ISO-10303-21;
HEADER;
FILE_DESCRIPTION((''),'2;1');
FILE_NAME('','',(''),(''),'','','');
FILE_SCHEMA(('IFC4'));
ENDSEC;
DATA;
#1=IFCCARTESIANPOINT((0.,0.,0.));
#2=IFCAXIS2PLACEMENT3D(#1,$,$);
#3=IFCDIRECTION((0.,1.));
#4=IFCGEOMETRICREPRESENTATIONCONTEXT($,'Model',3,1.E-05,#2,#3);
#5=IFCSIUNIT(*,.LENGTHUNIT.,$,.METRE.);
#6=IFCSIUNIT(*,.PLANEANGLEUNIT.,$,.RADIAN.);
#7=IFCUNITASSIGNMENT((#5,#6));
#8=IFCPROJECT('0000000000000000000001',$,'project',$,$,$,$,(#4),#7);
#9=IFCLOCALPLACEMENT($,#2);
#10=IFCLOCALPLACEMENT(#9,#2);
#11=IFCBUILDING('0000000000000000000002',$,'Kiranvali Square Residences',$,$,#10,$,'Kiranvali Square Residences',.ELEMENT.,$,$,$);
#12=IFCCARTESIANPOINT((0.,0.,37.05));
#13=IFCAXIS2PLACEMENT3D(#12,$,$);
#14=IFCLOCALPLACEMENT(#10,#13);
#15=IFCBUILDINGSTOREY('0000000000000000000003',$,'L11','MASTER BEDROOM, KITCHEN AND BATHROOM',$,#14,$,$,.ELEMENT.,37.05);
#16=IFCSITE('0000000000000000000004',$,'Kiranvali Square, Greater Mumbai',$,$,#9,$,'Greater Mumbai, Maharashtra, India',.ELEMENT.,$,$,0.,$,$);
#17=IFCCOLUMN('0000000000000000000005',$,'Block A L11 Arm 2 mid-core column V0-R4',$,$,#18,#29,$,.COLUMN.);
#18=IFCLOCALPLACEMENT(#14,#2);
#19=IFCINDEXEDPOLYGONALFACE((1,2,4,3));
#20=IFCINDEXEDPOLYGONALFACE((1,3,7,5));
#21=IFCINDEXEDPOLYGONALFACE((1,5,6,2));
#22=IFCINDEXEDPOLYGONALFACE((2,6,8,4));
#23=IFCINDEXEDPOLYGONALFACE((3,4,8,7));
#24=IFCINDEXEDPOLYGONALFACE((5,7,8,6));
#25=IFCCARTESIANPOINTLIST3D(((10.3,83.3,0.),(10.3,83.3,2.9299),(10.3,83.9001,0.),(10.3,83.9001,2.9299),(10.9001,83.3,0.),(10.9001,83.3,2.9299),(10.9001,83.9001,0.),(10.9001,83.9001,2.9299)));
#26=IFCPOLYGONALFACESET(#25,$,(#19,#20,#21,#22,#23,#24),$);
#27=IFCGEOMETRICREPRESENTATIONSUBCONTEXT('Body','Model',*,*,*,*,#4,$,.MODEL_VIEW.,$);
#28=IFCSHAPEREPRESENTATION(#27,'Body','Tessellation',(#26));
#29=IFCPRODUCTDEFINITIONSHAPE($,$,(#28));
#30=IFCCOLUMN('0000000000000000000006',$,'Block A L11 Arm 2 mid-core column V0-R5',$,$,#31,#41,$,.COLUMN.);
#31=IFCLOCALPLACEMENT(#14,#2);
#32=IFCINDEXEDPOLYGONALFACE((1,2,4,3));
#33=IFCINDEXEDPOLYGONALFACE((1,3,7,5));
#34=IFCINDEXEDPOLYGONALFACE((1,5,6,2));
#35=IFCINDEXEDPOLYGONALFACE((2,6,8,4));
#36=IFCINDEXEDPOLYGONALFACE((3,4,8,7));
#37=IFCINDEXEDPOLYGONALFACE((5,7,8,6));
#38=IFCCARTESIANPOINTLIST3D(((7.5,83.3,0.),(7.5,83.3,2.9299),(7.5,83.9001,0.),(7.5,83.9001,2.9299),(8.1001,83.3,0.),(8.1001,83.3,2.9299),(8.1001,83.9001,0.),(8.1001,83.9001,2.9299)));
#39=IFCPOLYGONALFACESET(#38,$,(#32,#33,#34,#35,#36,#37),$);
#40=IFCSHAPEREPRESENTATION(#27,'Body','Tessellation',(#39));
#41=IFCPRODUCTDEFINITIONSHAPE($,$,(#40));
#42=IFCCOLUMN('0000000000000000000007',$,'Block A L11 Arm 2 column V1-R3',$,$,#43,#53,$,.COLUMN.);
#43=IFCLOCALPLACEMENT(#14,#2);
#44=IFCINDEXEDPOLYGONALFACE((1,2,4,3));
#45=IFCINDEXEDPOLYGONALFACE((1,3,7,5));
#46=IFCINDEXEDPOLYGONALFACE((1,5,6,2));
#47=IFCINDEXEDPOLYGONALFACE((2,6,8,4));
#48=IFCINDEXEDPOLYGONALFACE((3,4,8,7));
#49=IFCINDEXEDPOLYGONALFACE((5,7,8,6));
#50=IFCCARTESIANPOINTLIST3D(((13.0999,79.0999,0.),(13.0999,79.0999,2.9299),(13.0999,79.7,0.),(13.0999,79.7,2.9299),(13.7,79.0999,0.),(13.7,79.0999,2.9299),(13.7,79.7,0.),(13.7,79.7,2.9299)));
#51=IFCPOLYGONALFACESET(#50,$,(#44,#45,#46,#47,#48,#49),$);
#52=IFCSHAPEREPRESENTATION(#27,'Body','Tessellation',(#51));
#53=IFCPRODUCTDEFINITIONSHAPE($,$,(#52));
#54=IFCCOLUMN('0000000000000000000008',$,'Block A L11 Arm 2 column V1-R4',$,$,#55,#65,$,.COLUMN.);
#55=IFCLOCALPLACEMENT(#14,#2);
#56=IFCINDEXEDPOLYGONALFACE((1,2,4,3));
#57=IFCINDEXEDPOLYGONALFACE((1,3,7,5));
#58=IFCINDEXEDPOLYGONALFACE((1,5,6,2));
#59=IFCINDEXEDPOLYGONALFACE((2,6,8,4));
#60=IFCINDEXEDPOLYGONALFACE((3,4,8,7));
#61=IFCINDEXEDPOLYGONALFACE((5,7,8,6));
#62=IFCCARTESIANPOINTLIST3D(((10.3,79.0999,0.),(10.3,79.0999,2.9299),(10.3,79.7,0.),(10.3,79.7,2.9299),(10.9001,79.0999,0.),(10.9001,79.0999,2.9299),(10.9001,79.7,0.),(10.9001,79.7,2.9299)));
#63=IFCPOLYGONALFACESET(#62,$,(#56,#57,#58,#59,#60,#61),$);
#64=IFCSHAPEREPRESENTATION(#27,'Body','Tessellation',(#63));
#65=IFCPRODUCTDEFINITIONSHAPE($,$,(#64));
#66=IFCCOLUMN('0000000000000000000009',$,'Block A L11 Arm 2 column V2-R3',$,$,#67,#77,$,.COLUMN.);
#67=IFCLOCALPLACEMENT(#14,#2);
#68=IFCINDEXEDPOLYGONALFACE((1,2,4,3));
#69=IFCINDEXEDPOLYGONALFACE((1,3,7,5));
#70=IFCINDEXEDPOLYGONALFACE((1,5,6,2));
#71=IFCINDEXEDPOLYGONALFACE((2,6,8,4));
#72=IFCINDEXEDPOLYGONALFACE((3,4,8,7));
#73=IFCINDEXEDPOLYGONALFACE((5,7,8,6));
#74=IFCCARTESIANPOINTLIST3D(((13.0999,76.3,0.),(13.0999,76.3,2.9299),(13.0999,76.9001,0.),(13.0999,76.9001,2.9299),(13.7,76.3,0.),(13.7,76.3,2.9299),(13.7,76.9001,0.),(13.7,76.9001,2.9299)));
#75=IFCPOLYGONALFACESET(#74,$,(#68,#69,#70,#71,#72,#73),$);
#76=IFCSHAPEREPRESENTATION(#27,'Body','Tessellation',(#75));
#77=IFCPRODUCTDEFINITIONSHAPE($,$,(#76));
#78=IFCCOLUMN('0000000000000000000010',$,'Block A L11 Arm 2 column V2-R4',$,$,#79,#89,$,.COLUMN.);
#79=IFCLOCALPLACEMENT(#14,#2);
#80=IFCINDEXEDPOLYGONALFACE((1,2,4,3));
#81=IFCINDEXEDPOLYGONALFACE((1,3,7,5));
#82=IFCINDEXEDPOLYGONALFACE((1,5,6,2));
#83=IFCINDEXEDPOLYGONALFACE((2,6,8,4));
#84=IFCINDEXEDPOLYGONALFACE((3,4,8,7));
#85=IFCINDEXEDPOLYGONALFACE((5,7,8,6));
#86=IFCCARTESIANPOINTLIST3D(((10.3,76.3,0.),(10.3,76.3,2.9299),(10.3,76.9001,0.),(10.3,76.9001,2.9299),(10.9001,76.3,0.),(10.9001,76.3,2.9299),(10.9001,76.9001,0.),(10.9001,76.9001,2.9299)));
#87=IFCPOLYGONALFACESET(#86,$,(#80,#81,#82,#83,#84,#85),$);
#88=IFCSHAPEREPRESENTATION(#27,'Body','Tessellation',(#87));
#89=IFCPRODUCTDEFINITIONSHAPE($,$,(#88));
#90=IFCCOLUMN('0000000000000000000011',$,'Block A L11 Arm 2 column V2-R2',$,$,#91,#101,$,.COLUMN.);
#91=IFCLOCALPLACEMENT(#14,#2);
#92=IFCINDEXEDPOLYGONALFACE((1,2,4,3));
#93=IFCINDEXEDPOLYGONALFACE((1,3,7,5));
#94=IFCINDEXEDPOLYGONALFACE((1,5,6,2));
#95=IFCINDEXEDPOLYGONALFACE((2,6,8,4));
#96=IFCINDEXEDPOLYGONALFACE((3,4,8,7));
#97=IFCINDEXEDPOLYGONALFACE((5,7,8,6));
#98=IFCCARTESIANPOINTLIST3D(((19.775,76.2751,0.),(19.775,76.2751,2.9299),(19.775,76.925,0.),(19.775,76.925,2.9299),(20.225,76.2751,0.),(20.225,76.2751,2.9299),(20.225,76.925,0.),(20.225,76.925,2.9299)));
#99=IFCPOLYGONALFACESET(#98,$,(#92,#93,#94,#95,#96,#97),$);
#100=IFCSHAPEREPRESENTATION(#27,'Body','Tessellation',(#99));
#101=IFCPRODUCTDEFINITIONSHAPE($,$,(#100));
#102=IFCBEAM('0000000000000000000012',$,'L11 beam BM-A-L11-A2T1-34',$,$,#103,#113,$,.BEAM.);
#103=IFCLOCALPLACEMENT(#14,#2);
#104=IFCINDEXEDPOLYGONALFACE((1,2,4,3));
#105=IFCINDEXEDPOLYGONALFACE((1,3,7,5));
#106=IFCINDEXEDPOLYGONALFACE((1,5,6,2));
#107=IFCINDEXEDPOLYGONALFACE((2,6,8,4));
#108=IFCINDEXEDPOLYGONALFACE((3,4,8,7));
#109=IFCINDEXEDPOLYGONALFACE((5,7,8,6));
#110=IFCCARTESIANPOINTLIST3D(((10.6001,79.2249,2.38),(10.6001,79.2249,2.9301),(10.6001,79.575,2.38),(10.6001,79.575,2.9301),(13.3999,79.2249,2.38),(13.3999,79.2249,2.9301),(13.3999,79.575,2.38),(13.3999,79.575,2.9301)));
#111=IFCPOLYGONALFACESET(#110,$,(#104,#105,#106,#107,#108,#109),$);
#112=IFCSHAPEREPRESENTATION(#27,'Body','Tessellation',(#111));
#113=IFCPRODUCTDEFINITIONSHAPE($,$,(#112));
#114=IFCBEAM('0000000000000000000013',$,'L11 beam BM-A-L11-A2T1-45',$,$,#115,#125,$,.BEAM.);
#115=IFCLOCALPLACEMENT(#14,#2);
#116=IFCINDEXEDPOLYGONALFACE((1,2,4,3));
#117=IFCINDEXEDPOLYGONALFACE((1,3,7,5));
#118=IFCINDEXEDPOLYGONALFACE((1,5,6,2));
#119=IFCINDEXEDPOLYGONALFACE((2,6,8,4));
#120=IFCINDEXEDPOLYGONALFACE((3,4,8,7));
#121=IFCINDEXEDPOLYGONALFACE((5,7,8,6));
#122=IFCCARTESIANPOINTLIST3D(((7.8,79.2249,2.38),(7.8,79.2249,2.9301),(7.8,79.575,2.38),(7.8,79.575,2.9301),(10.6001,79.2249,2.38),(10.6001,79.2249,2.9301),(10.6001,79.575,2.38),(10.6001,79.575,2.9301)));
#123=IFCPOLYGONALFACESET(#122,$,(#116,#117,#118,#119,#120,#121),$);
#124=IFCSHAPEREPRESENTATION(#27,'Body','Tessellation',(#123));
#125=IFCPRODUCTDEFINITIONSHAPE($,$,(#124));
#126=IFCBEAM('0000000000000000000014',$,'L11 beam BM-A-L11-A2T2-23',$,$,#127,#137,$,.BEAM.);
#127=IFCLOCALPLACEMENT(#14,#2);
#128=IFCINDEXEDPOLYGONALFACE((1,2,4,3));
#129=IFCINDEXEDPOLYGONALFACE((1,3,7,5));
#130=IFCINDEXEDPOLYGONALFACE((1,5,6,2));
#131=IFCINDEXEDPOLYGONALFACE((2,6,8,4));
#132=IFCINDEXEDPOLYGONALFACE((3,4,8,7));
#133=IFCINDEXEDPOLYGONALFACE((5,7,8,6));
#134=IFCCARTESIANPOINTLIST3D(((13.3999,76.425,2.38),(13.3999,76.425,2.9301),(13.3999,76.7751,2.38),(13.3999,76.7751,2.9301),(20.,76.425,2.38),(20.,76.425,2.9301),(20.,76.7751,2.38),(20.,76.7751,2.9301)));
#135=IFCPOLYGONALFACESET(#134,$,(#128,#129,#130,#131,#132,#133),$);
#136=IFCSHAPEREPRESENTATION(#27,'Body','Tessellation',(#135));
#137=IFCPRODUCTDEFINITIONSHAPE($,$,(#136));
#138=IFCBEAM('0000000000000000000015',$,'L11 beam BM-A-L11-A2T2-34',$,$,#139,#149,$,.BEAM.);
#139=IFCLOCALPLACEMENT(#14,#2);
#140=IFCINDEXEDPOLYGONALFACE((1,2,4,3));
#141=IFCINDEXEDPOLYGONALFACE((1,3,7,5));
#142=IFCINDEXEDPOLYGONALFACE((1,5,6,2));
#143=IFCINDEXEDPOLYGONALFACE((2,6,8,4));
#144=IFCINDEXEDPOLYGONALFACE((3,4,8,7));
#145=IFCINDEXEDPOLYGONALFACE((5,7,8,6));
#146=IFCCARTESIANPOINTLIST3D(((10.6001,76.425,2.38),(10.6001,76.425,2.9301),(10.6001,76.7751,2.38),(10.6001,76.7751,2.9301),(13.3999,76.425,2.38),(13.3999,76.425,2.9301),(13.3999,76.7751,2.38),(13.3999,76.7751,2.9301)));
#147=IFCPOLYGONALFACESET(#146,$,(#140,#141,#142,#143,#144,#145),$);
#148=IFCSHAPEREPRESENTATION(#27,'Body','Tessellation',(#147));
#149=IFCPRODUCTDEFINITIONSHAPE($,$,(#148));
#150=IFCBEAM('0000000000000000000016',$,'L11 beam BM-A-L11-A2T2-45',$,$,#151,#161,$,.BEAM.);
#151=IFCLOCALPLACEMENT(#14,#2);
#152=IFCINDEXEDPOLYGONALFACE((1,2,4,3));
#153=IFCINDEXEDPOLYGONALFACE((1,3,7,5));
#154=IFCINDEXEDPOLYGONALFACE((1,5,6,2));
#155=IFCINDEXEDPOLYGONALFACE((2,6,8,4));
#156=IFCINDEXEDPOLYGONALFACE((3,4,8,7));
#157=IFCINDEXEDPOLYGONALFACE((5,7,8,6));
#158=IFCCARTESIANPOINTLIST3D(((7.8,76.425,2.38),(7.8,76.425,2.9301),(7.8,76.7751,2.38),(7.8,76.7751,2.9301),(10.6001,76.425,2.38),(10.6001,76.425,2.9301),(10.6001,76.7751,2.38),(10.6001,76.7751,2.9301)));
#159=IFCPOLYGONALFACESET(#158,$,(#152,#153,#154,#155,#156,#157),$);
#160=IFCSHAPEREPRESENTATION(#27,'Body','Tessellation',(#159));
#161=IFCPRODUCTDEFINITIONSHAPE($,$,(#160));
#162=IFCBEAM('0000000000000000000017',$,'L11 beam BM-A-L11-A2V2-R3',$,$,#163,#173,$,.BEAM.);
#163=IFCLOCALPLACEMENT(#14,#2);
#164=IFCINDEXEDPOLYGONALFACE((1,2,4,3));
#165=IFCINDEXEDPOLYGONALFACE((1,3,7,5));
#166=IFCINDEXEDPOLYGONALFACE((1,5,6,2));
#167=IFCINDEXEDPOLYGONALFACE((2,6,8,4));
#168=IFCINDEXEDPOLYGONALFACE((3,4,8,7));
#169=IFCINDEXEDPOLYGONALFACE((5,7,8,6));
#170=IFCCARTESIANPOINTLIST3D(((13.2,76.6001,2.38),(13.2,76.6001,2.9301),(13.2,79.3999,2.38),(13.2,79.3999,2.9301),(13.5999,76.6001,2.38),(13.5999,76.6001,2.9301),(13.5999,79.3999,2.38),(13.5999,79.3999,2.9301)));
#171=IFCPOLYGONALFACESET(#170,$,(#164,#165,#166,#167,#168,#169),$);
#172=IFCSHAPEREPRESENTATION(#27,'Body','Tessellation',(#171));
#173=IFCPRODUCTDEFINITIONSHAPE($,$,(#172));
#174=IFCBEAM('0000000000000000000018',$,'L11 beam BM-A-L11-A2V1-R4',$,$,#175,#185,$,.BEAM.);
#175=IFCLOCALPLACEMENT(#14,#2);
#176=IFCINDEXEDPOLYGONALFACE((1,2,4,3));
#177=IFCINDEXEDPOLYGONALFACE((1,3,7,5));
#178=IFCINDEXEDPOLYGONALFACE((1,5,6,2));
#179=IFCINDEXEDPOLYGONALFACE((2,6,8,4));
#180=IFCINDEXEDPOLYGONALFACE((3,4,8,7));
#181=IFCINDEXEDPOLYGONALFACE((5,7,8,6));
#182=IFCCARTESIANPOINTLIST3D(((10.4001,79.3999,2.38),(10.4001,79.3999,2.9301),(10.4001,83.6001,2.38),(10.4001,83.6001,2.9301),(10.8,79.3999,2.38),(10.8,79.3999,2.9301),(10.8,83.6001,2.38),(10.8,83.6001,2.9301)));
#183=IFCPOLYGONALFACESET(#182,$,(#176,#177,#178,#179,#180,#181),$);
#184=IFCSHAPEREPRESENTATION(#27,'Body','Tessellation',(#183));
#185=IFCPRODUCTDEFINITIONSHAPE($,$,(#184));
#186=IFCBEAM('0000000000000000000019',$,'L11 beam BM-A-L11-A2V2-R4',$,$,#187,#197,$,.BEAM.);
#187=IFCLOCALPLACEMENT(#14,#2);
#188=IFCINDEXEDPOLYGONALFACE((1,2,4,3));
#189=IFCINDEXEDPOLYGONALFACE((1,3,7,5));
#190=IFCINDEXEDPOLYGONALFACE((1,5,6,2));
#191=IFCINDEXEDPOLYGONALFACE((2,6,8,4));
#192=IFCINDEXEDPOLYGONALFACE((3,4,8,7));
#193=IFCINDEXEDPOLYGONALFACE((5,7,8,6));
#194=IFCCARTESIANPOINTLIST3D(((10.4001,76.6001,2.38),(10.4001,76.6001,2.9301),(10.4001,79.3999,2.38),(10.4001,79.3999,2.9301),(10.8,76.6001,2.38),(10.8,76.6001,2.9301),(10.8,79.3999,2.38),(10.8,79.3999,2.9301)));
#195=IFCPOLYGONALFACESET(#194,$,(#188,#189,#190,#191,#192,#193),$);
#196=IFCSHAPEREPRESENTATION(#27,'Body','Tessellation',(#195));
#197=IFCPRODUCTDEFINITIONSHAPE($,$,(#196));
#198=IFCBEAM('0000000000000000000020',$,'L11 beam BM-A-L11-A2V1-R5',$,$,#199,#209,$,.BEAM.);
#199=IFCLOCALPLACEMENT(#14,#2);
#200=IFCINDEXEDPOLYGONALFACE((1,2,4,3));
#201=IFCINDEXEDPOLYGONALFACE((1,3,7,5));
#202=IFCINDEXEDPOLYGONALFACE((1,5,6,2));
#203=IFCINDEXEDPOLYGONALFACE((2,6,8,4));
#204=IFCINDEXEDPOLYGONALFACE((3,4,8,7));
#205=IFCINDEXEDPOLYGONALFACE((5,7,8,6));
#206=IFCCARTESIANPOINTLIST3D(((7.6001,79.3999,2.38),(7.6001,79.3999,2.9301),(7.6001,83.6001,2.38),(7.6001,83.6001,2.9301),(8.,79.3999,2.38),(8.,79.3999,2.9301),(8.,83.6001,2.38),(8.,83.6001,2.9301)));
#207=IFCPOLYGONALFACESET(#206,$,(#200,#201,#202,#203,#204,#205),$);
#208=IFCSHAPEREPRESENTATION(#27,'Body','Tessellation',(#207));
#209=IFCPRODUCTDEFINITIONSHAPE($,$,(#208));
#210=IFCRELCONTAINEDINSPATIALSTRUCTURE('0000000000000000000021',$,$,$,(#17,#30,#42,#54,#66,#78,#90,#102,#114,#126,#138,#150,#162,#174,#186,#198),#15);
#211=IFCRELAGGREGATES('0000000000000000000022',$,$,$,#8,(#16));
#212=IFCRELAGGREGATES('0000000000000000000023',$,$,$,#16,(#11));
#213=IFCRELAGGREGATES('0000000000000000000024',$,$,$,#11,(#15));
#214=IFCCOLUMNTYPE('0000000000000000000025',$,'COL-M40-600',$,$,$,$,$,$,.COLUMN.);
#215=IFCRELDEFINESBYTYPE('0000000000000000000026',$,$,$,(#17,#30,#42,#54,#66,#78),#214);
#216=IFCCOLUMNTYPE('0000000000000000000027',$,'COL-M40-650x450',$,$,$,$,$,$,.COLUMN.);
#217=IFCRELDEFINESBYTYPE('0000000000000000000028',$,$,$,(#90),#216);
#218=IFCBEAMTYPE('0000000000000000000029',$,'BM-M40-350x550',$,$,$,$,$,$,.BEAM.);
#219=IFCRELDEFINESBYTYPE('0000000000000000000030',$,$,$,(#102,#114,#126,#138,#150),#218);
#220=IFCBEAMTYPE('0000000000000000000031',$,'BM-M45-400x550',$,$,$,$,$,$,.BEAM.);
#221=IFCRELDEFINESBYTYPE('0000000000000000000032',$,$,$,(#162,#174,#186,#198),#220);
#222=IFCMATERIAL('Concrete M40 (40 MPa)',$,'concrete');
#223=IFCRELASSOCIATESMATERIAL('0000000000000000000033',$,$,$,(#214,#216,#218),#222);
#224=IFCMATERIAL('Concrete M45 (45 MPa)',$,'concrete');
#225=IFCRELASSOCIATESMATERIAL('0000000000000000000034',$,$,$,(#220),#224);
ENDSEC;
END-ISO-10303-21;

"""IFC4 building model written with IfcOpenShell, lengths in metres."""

from ifc_helpers import new_model, si_unit, direction, frame, origin, origin_2d, place, context, subcontext, project, spatial, rectangle, extrude, material, material_profile, profile_set, type_object, element, save


model = new_model("IFC4")

# Units and contexts
model_context = context("Model", 3, precision=1e-05, world=origin(), true_north=direction((0.0, 1.0)))
body_context = subcontext(model_context, "Body", "Model", "MODEL_VIEW")
ifc_project = project(units=[si_unit("LENGTHUNIT", "METRE"), si_unit("PLANEANGLEUNIT", "RADIAN")], contexts=[model_context])

# Site, building, storey
site_placement = place(None, origin())
site = spatial("IfcSite", under=ifc_project, at=site_placement, Name="Kiranvali Square, Greater Mumbai", LongName="Greater Mumbai, Maharashtra, India", CompositionType="ELEMENT", RefElevation=0.0)
building_placement = place(site_placement, origin())
building = spatial("IfcBuilding", under=site, at=building_placement, Name="Kiranvali Square Residences", LongName="Kiranvali Square Residences", CompositionType="ELEMENT")
storey_placement = place(building_placement, frame((0.0, 0.0, 37.05)))
storey = spatial("IfcBuildingStorey", under=building, at=storey_placement, Name="L11", Description="MASTER BEDROOM, KITCHEN AND BATHROOM", CompositionType="ELEMENT", Elevation=37.05)

# Columns
ifc_material_1 = material(Name="Concrete M40 (40 MPa)", Category="concrete")
ifc_material_profile_1 = material_profile(ifc_material_1, rectangle(XDim=0.6001, YDim=0.6001, at=origin_2d()), Name="RC 600x600")
ifc_profile_set_1 = profile_set([ifc_material_profile_1], Name="Concrete M40 (40 MPa)")
column_type_1 = type_object("IfcColumnType", Name="COL-M40-600", PredefinedType="COLUMN", material=ifc_profile_set_1)
for number, where, z_axis, x_axis, name in (
    (1, (10.6001, 83.6001, 0.0), (0.0, 0.0, 1.0), (1.0, 0.0, 0.0), "Block A L11 Arm 2 mid-core column V0-R4"),
    (2, (7.8, 83.6001, 0.0), (0.0, 0.0, 1.0), (1.0, 0.0, 0.0), "Block A L11 Arm 2 mid-core column V0-R5"),
    (3, (13.3999, 79.3999, 0.0), (0.0, 0.0, 1.0), (1.0, 0.0, 0.0), "Block A L11 Arm 2 column V1-R3"),
    (4, (10.6001, 79.3999, 0.0), (0.0, 0.0, 1.0), (1.0, 0.0, 0.0), "Block A L11 Arm 2 column V1-R4"),
    (5, (13.3999, 76.6001, 0.0), (0.0, 0.0, 1.0), (1.0, 0.0, 0.0), "Block A L11 Arm 2 column V2-R3"),
    (6, (10.6001, 76.6001, 0.0), (0.0, 0.0, 1.0), (1.0, 0.0, 0.0), "Block A L11 Arm 2 column V2-R4"),
):
    element("IfcColumn", number, at=place(storey_placement, frame(where, z_axis=z_axis, x_axis=x_axis)), inside=storey, type_object=column_type_1, Name=name, PredefinedType="COLUMN", context=body_context, shape_type="SweptSolid", body=[
        extrude(rectangle(XDim=0.6001, YDim=0.6001, at=origin_2d()), origin(), (0.0, 0.0, 1.0), 2.9299),
    ])
ifc_material_profile_2 = material_profile(ifc_material_1, rectangle(XDim=0.45, YDim=0.6499, at=origin_2d()), Name="RC 650x450")
ifc_profile_set_2 = profile_set([ifc_material_profile_2], Name="Concrete M40 (40 MPa)")
column_type_2 = type_object("IfcColumnType", Name="COL-M40-650x450", PredefinedType="COLUMN", material=ifc_profile_set_2)
column_placement = place(storey_placement, frame((20.0, 76.6001, 0.0), z_axis=(0.0, 0.0, 1.0), x_axis=(1.0, 0.0, 0.0)))
element("IfcColumn", 7, at=column_placement, inside=storey, type_object=column_type_2, Name="Block A L11 Arm 2 column V2-R2", PredefinedType="COLUMN", context=body_context, shape_type="SweptSolid", body=[
    extrude(rectangle(XDim=0.45, YDim=0.6499, at=origin_2d()), origin(), (0.0, 0.0, 1.0), 2.9299),
])

# Beams
ifc_material_profile_3 = material_profile(ifc_material_1, rectangle(XDim=0.3501, YDim=0.55, at=origin_2d()), Name="RC 350x550")
ifc_profile_set_3 = profile_set([ifc_material_profile_3], Name="Concrete M40 (40 MPa)")
beam_type_1 = type_object("IfcBeamType", Name="BM-M40-350x550", PredefinedType="BEAM", material=ifc_profile_set_3)
beam_1_placement = place(storey_placement, frame((13.3999, 79.3999, 2.655), z_axis=(-1.0, 0.0, 0.0), x_axis=(0.0, -1.0, 0.0)))
element("IfcBeam", 8, at=beam_1_placement, inside=storey, type_object=beam_type_1, Name="L11 beam BM-A-L11-A2T1-34", PredefinedType="BEAM", context=body_context, shape_type="SweptSolid", body=[
    extrude(rectangle(XDim=0.3501, YDim=0.55, at=origin_2d()), origin(), (0.0, 0.0, 1.0), 2.7998),
])
beam_2_placement = place(storey_placement, frame((10.6001, 79.3999, 2.655), z_axis=(-1.0, 0.0, 0.0), x_axis=(0.0, -1.0, 0.0)))
element("IfcBeam", 9, at=beam_2_placement, inside=storey, type_object=beam_type_1, Name="L11 beam BM-A-L11-A2T1-45", PredefinedType="BEAM", context=body_context, shape_type="SweptSolid", body=[
    extrude(rectangle(XDim=0.3501, YDim=0.55, at=origin_2d()), origin(), (0.0, 0.0, 1.0), 2.8),
])
beam_3_placement = place(storey_placement, frame((20.0, 76.6001, 2.655), z_axis=(-1.0, 0.0, 0.0), x_axis=(0.0, -1.0, 0.0)))
element("IfcBeam", 10, at=beam_3_placement, inside=storey, type_object=beam_type_1, Name="L11 beam BM-A-L11-A2T2-23", PredefinedType="BEAM", context=body_context, shape_type="SweptSolid", body=[
    extrude(rectangle(XDim=0.3501, YDim=0.55, at=origin_2d()), origin(), (0.0, 0.0, 1.0), 6.6001),
])
beam_4_placement = place(storey_placement, frame((13.3999, 76.6001, 2.655), z_axis=(-1.0, 0.0, 0.0), x_axis=(0.0, -1.0, 0.0)))
element("IfcBeam", 11, at=beam_4_placement, inside=storey, type_object=beam_type_1, Name="L11 beam BM-A-L11-A2T2-34", PredefinedType="BEAM", context=body_context, shape_type="SweptSolid", body=[
    extrude(rectangle(XDim=0.3501, YDim=0.55, at=origin_2d()), origin(), (0.0, 0.0, 1.0), 2.7998),
])
beam_5_placement = place(storey_placement, frame((10.6001, 76.6001, 2.655), z_axis=(-1.0, 0.0, 0.0), x_axis=(0.0, -1.0, 0.0)))
element("IfcBeam", 12, at=beam_5_placement, inside=storey, type_object=beam_type_1, Name="L11 beam BM-A-L11-A2T2-45", PredefinedType="BEAM", context=body_context, shape_type="SweptSolid", body=[
    extrude(rectangle(XDim=0.3501, YDim=0.55, at=origin_2d()), origin(), (0.0, 0.0, 1.0), 2.8),
])
ifc_material_2 = material(Name="Concrete M45 (45 MPa)", Category="concrete")
ifc_material_profile_4 = material_profile(ifc_material_2, rectangle(XDim=0.3999, YDim=0.55, at=origin_2d()), Name="RC 400x550")
ifc_profile_set_4 = profile_set([ifc_material_profile_4], Name="Concrete M45 (45 MPa)")
beam_type_2 = type_object("IfcBeamType", Name="BM-M45-400x550", PredefinedType="BEAM", material=ifc_profile_set_4)
beam_6_placement = place(storey_placement, frame((13.3999, 79.3999, 2.655), z_axis=(0.0, -1.0, 0.0), x_axis=(1.0, 0.0, 0.0)))
element("IfcBeam", 13, at=beam_6_placement, inside=storey, type_object=beam_type_2, Name="L11 beam BM-A-L11-A2V2-R3", PredefinedType="BEAM", context=body_context, shape_type="SweptSolid", body=[
    extrude(rectangle(XDim=0.3999, YDim=0.55, at=origin_2d()), origin(), (0.0, 0.0, 1.0), 2.7998),
])
beam_7_placement = place(storey_placement, frame((10.6001, 83.6001, 2.655), z_axis=(0.0, -1.0, 0.0), x_axis=(1.0, 0.0, 0.0)))
element("IfcBeam", 14, at=beam_7_placement, inside=storey, type_object=beam_type_2, Name="L11 beam BM-A-L11-A2V1-R4", PredefinedType="BEAM", context=body_context, shape_type="SweptSolid", body=[
    extrude(rectangle(XDim=0.3999, YDim=0.55, at=origin_2d()), origin(), (0.0, 0.0, 1.0), 4.2002),
])
beam_8_placement = place(storey_placement, frame((10.6001, 79.3999, 2.655), z_axis=(0.0, -1.0, 0.0), x_axis=(1.0, 0.0, 0.0)))
element("IfcBeam", 15, at=beam_8_placement, inside=storey, type_object=beam_type_2, Name="L11 beam BM-A-L11-A2V2-R4", PredefinedType="BEAM", context=body_context, shape_type="SweptSolid", body=[
    extrude(rectangle(XDim=0.3999, YDim=0.55, at=origin_2d()), origin(), (0.0, 0.0, 1.0), 2.7998),
])
beam_9_placement = place(storey_placement, frame((7.8, 83.6001, 2.655), z_axis=(0.0, -1.0, 0.0), x_axis=(1.0, 0.0, 0.0)))
element("IfcBeam", 16, at=beam_9_placement, inside=storey, type_object=beam_type_2, Name="L11 beam BM-A-L11-A2V1-R5", PredefinedType="BEAM", context=body_context, shape_type="SweptSolid", body=[
    extrude(rectangle(XDim=0.3999, YDim=0.55, at=origin_2d()), origin(), (0.0, 0.0, 1.0), 4.2002),
])

save(model, "model.ifc")
